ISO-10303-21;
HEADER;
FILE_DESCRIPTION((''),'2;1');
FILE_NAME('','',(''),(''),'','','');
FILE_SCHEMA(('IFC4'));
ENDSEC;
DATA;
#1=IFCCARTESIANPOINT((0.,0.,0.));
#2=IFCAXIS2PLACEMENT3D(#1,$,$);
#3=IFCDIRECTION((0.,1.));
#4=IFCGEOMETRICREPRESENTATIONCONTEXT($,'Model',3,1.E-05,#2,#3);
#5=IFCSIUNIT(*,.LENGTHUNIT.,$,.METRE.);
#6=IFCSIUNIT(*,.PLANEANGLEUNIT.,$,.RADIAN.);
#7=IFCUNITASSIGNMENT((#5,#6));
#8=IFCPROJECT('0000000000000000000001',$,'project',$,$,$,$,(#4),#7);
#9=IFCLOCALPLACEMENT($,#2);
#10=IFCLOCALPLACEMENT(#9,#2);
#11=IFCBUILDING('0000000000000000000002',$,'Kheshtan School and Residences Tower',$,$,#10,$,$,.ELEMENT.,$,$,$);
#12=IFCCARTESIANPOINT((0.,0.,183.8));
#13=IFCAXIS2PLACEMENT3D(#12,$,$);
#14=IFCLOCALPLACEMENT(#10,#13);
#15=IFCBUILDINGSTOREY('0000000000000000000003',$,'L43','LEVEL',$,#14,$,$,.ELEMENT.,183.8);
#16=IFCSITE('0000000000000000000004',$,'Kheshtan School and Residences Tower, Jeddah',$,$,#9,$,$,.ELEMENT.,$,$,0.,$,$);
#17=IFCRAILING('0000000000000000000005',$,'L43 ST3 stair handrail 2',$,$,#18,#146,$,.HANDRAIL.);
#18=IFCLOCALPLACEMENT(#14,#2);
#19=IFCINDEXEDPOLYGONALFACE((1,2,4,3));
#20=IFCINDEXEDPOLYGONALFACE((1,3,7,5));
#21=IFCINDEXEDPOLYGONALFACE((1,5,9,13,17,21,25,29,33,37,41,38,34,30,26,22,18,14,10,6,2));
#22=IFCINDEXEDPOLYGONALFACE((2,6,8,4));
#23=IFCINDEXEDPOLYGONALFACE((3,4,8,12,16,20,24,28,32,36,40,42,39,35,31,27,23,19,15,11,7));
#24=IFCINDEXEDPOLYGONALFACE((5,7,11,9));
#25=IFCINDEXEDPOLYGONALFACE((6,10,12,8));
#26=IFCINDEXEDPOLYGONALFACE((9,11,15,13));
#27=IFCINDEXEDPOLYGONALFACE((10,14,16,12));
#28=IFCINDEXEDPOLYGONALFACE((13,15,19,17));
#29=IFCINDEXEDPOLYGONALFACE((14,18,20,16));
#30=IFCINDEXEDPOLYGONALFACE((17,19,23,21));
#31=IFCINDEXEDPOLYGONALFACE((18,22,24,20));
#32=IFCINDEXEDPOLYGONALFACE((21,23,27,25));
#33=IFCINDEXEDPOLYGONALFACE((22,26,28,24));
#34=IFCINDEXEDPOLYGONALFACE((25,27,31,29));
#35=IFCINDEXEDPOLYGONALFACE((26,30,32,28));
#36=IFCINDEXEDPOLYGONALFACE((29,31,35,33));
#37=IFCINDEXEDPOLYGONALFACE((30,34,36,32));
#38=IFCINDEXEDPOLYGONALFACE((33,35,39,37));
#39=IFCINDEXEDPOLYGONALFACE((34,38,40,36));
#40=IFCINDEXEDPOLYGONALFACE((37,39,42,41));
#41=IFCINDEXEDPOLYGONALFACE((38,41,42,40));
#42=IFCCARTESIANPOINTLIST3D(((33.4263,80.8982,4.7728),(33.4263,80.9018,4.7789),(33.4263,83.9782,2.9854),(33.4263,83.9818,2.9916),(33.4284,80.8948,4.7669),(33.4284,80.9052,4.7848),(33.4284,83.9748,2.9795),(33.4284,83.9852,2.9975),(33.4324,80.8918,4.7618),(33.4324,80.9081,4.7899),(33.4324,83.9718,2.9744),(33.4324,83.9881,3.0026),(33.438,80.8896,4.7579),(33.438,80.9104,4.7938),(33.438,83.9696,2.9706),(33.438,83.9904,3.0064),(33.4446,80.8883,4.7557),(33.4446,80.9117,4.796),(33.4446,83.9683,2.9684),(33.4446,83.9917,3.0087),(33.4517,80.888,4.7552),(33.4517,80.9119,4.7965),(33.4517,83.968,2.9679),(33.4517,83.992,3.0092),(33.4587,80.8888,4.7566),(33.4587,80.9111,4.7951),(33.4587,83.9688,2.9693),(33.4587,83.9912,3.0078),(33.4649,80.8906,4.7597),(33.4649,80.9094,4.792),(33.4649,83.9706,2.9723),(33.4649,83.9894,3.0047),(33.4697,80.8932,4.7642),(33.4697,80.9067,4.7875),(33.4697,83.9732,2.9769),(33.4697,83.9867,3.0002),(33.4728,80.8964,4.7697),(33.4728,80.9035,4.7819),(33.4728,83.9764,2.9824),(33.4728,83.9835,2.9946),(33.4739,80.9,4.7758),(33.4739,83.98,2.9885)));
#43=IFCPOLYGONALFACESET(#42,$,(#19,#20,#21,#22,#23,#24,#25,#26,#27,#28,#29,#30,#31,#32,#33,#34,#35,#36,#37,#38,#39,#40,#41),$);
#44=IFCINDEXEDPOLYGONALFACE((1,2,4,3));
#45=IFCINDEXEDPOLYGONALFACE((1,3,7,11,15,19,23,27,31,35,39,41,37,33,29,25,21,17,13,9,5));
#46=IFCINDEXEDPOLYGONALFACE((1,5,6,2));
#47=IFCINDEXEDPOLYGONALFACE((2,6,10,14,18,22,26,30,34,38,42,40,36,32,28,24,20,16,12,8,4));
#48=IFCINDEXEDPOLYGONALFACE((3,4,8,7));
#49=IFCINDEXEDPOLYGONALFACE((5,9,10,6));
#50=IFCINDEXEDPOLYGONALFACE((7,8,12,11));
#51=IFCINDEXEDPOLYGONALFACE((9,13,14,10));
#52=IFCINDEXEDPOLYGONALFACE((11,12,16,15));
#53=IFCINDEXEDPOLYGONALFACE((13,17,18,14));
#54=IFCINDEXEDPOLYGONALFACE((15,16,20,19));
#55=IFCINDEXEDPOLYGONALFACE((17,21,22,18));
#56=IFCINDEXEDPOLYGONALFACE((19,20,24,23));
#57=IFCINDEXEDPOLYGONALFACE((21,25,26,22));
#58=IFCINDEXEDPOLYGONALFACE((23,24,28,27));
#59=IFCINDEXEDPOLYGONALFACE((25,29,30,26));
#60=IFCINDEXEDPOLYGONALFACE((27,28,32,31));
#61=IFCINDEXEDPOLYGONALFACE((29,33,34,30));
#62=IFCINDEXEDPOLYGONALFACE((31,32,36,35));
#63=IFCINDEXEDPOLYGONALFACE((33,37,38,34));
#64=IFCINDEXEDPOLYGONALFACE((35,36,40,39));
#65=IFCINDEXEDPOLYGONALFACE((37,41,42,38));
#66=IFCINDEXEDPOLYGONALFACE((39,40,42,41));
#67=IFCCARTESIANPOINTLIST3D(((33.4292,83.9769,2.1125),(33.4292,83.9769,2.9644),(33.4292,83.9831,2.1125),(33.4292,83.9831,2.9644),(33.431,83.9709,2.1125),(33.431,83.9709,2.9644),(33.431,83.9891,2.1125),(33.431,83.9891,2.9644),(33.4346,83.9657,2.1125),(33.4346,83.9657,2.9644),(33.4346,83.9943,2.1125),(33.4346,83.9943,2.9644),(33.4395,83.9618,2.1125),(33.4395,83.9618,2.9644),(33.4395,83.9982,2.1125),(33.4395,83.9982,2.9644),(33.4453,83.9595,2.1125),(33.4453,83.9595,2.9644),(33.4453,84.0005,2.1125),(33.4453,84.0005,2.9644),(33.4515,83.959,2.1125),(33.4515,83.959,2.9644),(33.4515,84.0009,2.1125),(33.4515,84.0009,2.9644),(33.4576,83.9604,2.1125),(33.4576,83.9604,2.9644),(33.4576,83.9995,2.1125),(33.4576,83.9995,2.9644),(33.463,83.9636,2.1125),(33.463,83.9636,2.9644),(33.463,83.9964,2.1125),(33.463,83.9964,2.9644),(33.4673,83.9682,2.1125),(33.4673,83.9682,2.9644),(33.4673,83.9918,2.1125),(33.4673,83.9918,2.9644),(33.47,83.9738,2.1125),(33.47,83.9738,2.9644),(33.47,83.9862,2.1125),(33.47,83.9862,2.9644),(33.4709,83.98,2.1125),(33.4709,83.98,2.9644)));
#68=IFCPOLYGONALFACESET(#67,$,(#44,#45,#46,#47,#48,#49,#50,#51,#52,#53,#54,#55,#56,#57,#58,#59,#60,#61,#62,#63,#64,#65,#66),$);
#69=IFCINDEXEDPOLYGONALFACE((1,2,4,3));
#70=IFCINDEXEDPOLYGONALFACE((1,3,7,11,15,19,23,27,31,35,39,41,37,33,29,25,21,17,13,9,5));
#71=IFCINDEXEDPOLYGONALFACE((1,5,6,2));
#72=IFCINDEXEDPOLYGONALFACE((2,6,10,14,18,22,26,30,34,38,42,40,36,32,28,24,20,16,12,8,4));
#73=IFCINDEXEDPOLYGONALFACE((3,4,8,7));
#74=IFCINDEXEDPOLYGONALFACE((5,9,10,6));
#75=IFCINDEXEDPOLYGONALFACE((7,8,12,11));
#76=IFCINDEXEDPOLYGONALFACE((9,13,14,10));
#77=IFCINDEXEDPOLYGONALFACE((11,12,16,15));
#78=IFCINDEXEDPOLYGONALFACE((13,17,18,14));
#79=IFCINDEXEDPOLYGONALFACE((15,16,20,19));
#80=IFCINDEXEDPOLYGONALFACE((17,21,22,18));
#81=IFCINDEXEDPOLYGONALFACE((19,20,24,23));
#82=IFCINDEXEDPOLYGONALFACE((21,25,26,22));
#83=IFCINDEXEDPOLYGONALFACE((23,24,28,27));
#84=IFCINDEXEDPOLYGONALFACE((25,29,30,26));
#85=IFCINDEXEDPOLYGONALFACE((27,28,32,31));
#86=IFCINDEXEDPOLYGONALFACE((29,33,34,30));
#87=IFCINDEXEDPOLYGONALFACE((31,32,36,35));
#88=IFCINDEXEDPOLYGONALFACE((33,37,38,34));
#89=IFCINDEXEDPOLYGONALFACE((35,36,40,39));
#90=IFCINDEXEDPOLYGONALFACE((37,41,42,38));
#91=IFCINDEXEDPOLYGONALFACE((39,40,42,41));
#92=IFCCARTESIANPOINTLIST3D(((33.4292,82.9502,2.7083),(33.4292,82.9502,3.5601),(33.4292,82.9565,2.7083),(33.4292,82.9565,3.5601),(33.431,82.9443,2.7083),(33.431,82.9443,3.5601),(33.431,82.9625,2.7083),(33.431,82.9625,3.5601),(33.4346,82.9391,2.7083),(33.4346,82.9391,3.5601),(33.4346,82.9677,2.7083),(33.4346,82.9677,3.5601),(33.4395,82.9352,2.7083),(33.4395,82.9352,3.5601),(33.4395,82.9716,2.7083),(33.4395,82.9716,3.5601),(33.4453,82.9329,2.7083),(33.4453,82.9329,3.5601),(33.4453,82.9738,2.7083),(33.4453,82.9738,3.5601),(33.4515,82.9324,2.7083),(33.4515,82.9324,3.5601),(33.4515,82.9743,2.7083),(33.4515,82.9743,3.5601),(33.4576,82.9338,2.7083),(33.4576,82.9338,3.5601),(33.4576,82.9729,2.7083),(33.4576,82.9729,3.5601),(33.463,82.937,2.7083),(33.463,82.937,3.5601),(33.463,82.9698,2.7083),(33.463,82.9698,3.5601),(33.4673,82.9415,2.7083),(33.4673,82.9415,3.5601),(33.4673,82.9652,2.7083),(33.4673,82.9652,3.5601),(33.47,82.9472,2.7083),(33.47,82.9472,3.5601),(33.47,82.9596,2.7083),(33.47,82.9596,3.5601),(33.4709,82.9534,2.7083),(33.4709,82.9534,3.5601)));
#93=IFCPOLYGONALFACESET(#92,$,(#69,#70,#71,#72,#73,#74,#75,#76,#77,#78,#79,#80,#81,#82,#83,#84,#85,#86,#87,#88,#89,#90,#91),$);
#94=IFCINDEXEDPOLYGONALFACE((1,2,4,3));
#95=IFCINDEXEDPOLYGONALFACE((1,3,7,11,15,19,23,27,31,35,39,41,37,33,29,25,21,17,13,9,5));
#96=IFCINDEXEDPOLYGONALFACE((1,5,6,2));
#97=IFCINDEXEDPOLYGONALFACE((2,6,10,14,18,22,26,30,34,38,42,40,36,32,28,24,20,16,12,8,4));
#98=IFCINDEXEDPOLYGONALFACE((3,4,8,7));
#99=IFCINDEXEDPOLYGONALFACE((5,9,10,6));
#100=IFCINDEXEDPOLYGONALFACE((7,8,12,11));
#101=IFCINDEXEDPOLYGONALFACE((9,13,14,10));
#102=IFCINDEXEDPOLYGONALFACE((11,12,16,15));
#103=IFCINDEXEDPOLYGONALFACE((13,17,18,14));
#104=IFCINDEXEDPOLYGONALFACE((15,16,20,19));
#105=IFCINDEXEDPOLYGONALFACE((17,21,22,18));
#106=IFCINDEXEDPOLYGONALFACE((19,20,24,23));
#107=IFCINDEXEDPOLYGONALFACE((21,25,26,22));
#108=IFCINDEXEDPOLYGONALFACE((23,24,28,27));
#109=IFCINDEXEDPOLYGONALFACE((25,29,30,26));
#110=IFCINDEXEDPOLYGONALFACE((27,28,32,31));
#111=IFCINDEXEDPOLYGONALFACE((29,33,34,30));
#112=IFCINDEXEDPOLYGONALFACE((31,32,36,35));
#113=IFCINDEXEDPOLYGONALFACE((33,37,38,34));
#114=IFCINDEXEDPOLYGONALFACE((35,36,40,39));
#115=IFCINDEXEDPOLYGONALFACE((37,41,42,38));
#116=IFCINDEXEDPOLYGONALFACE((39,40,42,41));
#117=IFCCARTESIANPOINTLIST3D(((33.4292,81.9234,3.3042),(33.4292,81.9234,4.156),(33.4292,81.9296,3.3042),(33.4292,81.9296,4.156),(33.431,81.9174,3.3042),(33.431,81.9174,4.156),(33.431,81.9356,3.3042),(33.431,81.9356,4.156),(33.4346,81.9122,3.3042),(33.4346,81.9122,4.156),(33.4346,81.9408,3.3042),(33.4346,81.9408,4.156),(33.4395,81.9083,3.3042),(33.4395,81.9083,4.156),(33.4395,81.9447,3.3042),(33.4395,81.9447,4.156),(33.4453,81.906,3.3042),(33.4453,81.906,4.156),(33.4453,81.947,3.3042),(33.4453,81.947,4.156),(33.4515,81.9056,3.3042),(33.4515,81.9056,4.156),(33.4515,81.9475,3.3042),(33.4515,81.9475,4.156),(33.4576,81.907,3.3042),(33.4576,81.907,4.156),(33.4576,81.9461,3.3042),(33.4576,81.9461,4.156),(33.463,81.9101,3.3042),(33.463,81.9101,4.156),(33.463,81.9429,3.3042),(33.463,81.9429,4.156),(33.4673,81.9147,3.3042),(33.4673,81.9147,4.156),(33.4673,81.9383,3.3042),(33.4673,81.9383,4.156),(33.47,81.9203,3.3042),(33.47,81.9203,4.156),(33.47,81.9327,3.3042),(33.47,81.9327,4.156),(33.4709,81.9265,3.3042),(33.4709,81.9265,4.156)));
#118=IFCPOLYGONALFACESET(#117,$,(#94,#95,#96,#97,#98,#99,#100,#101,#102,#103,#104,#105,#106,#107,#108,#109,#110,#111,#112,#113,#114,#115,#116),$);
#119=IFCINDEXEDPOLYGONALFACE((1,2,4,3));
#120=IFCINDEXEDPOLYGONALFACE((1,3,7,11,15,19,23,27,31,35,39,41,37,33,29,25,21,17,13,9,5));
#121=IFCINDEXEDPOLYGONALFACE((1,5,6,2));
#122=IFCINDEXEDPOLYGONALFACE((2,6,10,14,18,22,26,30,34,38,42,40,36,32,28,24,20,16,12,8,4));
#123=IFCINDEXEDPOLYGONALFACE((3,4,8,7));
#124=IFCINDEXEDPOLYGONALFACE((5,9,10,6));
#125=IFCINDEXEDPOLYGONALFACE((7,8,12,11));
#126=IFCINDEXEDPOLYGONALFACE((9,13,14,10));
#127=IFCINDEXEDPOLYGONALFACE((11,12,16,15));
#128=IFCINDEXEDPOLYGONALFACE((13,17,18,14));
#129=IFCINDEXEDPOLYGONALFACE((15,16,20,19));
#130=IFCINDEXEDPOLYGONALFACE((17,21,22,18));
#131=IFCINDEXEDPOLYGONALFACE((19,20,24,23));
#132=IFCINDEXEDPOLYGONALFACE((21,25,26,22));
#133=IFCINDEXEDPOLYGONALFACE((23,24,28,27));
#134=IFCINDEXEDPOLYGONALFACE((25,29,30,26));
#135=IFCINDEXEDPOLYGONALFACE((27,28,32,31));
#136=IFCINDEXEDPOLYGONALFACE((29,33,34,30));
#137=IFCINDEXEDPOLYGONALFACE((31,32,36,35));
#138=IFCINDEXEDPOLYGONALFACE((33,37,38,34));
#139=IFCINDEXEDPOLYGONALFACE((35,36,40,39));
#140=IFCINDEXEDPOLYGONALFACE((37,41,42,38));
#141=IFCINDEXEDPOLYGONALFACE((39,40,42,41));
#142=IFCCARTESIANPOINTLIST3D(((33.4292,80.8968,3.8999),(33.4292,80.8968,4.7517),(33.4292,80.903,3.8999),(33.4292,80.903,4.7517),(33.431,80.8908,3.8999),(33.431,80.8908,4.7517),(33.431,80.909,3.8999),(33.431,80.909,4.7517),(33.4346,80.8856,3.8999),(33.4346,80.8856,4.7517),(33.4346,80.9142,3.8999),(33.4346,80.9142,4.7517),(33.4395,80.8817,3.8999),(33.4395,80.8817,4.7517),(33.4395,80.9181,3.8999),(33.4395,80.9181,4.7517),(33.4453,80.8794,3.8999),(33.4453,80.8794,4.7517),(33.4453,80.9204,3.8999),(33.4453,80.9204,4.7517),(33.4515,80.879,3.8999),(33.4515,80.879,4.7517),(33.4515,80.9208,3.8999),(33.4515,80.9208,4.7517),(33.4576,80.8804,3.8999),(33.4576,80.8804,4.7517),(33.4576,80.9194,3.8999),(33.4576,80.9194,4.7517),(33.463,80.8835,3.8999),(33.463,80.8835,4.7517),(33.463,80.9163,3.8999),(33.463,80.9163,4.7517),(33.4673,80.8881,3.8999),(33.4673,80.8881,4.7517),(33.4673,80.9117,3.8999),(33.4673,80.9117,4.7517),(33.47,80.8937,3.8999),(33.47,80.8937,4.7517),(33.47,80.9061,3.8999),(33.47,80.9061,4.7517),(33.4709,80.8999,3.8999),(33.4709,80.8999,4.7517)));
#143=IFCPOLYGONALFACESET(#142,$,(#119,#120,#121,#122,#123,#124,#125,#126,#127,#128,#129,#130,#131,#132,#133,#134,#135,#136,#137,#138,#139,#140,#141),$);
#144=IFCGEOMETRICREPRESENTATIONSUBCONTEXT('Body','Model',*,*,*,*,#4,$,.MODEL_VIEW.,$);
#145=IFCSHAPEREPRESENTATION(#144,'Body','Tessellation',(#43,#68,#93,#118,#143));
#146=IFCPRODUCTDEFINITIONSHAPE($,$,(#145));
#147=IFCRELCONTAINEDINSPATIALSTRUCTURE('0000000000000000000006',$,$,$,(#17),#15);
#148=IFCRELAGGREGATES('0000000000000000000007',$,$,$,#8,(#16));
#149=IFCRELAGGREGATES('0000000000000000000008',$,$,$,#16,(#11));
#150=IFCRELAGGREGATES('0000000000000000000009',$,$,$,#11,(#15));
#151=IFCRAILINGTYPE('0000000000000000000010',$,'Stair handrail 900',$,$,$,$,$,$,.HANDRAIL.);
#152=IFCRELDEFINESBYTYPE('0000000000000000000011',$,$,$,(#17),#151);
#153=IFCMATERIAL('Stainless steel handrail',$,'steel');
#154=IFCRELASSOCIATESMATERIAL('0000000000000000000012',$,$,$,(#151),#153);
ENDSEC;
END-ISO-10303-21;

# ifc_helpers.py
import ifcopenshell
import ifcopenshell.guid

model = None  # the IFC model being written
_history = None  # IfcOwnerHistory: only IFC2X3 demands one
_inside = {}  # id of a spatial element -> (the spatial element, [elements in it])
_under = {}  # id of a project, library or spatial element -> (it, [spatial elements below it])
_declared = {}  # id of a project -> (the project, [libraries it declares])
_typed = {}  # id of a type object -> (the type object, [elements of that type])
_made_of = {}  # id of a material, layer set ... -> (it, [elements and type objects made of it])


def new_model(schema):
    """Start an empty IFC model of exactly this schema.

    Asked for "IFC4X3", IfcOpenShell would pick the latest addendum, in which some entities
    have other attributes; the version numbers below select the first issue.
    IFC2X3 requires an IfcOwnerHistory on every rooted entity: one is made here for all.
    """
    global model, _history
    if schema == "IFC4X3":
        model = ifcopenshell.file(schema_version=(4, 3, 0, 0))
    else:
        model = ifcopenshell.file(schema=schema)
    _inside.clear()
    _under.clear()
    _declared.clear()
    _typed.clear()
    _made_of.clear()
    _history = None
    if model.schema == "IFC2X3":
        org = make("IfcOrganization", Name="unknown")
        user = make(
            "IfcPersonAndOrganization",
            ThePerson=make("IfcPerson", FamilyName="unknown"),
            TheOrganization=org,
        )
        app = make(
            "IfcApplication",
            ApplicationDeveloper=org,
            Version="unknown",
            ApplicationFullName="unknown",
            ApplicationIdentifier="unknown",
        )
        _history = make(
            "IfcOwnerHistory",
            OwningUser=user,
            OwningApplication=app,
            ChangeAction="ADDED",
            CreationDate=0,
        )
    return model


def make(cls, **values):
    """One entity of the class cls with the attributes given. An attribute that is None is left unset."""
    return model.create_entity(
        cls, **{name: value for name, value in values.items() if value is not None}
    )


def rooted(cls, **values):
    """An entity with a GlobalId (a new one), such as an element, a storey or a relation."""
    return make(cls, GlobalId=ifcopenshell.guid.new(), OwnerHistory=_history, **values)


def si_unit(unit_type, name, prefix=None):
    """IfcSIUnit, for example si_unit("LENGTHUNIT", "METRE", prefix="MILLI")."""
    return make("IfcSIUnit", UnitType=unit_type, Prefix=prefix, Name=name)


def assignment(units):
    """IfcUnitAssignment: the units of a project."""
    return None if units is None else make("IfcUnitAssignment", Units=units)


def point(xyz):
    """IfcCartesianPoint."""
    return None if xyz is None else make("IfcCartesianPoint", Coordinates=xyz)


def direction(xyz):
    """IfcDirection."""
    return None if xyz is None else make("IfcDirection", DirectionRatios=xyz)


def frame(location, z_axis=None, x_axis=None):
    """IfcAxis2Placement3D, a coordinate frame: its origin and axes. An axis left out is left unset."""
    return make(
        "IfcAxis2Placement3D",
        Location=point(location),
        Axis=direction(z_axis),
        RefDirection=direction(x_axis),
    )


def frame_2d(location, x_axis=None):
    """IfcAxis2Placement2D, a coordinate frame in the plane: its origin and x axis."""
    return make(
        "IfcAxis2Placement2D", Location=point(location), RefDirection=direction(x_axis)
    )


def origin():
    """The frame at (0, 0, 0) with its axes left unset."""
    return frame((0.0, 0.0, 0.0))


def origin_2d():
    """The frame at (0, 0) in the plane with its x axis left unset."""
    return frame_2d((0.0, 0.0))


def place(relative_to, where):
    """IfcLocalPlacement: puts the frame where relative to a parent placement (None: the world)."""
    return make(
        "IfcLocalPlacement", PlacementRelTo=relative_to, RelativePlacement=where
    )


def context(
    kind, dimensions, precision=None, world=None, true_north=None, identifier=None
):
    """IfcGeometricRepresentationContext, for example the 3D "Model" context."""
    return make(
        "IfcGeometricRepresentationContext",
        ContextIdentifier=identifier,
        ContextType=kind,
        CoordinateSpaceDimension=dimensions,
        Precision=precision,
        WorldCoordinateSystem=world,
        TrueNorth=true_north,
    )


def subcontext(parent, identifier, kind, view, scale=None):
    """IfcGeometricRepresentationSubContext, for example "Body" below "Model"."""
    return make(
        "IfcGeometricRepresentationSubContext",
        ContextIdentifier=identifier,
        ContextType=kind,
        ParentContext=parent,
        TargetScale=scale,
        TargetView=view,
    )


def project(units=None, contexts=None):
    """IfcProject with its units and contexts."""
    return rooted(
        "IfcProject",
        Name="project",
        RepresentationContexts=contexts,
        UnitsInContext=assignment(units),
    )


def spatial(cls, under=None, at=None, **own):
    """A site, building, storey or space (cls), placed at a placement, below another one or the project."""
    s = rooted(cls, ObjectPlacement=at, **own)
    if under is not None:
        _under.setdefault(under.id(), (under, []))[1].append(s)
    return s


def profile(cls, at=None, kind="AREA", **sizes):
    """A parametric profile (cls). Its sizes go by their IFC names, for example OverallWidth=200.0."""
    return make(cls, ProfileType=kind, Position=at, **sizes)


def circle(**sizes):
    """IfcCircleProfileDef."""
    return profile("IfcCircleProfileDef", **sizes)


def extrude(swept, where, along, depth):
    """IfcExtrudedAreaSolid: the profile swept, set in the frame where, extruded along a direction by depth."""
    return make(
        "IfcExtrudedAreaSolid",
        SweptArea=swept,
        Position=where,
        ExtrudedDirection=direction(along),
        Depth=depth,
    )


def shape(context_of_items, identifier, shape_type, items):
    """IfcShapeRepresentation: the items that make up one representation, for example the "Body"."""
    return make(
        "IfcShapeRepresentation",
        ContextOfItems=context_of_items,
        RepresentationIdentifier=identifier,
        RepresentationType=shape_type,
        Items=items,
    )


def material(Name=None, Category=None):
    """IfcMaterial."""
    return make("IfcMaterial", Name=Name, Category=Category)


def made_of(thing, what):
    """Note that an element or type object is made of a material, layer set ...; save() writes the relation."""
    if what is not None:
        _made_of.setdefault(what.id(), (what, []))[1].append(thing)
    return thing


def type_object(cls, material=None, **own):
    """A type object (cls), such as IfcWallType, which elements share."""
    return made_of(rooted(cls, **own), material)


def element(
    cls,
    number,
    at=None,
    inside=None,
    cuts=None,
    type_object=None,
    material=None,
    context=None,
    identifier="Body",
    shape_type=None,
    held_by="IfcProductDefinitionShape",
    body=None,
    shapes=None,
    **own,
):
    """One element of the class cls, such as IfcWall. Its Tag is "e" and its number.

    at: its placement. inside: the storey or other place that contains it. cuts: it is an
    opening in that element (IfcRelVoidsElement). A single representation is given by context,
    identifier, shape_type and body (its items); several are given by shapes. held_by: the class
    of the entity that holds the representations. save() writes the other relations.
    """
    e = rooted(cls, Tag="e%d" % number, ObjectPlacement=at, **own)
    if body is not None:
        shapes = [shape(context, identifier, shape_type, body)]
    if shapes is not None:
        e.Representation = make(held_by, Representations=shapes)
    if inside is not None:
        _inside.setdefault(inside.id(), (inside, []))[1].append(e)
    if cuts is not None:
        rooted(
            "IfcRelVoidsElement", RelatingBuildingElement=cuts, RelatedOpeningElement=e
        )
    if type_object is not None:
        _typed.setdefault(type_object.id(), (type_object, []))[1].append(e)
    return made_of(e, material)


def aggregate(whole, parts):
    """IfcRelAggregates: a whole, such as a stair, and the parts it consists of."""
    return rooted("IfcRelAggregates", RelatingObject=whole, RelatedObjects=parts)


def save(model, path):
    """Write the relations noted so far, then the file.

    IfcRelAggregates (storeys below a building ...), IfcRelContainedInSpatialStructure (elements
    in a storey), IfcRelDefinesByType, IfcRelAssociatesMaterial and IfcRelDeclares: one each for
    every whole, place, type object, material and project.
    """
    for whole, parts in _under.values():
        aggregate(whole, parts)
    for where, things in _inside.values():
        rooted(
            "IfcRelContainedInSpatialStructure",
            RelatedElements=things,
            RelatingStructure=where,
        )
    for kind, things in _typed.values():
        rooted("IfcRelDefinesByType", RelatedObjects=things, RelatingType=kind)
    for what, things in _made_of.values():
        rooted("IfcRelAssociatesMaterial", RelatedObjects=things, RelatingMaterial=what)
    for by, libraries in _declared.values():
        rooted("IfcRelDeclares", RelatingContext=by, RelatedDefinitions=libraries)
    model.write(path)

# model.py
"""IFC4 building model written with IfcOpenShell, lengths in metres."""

from ifc_helpers import new_model, si_unit, direction, frame, origin, origin_2d, place, context, subcontext, project, spatial, circle, extrude, material, type_object, element, save


model = new_model("IFC4")

# Units and contexts
model_context = context("Model", 3, precision=1e-05, world=origin(), true_north=direction((0.0, 1.0)))
body_context = subcontext(model_context, "Body", "Model", "MODEL_VIEW")
ifc_project = project(units=[si_unit("LENGTHUNIT", "METRE"), si_unit("PLANEANGLEUNIT", "RADIAN")], contexts=[model_context])

# Site, building, storey
site_placement = place(None, origin())
site = spatial("IfcSite", under=ifc_project, at=site_placement, Name="Kheshtan School and Residences Tower, Jeddah", CompositionType="ELEMENT", RefElevation=0.0)
building_placement = place(site_placement, origin())
building = spatial("IfcBuilding", under=site, at=building_placement, Name="Kheshtan School and Residences Tower", CompositionType="ELEMENT")
storey_placement = place(building_placement, frame((0.0, 0.0, 183.8)))
storey = spatial("IfcBuildingStorey", under=building, at=storey_placement, Name="L43", Description="LEVEL", CompositionType="ELEMENT", Elevation=183.8)

# Railing
ifc_material_1 = material(Name="Stainless steel handrail", Category="steel")
railing_type_1 = type_object("IfcRailingType", Name="Stair handrail 900", PredefinedType="HANDRAIL", material=ifc_material_1)
railing_1_placement = place(storey_placement, frame((33.45, 83.98, 2.1125)))
element("IfcRailing", 1, at=railing_1_placement, inside=storey, type_object=railing_type_1, Name="L43 ST3 stair handrail 2", PredefinedType="HANDRAIL", context=body_context, shape_type="SweptSolid", body=[
    extrude(circle(Radius=0.0239, at=origin_2d()), frame((0.0, 0.0, 0.876), z_axis=(0.0, -0.86492, 0.501909), x_axis=(1.0, 0.0, 0.0)), (0.0, 0.0, 1.0), 3.561),
    extrude(circle(Radius=0.021, at=origin_2d()), origin(), (0.0, 0.0, 1.0), 0.8518),
    extrude(circle(Radius=0.021, at=origin_2d()), frame((0.0, -1.0266, 0.5957)), (0.0, 0.0, 1.0), 0.8518),
    extrude(circle(Radius=0.021, at=origin_2d()), frame((0.0, -2.0535, 1.1917)), (0.0, 0.0, 1.0), 0.8518),
    extrude(circle(Radius=0.021, at=origin_2d()), frame((0.0, -3.0801, 1.7874)), (0.0, 0.0, 1.0), 0.8518),
])

save(model, "model.ifc")
